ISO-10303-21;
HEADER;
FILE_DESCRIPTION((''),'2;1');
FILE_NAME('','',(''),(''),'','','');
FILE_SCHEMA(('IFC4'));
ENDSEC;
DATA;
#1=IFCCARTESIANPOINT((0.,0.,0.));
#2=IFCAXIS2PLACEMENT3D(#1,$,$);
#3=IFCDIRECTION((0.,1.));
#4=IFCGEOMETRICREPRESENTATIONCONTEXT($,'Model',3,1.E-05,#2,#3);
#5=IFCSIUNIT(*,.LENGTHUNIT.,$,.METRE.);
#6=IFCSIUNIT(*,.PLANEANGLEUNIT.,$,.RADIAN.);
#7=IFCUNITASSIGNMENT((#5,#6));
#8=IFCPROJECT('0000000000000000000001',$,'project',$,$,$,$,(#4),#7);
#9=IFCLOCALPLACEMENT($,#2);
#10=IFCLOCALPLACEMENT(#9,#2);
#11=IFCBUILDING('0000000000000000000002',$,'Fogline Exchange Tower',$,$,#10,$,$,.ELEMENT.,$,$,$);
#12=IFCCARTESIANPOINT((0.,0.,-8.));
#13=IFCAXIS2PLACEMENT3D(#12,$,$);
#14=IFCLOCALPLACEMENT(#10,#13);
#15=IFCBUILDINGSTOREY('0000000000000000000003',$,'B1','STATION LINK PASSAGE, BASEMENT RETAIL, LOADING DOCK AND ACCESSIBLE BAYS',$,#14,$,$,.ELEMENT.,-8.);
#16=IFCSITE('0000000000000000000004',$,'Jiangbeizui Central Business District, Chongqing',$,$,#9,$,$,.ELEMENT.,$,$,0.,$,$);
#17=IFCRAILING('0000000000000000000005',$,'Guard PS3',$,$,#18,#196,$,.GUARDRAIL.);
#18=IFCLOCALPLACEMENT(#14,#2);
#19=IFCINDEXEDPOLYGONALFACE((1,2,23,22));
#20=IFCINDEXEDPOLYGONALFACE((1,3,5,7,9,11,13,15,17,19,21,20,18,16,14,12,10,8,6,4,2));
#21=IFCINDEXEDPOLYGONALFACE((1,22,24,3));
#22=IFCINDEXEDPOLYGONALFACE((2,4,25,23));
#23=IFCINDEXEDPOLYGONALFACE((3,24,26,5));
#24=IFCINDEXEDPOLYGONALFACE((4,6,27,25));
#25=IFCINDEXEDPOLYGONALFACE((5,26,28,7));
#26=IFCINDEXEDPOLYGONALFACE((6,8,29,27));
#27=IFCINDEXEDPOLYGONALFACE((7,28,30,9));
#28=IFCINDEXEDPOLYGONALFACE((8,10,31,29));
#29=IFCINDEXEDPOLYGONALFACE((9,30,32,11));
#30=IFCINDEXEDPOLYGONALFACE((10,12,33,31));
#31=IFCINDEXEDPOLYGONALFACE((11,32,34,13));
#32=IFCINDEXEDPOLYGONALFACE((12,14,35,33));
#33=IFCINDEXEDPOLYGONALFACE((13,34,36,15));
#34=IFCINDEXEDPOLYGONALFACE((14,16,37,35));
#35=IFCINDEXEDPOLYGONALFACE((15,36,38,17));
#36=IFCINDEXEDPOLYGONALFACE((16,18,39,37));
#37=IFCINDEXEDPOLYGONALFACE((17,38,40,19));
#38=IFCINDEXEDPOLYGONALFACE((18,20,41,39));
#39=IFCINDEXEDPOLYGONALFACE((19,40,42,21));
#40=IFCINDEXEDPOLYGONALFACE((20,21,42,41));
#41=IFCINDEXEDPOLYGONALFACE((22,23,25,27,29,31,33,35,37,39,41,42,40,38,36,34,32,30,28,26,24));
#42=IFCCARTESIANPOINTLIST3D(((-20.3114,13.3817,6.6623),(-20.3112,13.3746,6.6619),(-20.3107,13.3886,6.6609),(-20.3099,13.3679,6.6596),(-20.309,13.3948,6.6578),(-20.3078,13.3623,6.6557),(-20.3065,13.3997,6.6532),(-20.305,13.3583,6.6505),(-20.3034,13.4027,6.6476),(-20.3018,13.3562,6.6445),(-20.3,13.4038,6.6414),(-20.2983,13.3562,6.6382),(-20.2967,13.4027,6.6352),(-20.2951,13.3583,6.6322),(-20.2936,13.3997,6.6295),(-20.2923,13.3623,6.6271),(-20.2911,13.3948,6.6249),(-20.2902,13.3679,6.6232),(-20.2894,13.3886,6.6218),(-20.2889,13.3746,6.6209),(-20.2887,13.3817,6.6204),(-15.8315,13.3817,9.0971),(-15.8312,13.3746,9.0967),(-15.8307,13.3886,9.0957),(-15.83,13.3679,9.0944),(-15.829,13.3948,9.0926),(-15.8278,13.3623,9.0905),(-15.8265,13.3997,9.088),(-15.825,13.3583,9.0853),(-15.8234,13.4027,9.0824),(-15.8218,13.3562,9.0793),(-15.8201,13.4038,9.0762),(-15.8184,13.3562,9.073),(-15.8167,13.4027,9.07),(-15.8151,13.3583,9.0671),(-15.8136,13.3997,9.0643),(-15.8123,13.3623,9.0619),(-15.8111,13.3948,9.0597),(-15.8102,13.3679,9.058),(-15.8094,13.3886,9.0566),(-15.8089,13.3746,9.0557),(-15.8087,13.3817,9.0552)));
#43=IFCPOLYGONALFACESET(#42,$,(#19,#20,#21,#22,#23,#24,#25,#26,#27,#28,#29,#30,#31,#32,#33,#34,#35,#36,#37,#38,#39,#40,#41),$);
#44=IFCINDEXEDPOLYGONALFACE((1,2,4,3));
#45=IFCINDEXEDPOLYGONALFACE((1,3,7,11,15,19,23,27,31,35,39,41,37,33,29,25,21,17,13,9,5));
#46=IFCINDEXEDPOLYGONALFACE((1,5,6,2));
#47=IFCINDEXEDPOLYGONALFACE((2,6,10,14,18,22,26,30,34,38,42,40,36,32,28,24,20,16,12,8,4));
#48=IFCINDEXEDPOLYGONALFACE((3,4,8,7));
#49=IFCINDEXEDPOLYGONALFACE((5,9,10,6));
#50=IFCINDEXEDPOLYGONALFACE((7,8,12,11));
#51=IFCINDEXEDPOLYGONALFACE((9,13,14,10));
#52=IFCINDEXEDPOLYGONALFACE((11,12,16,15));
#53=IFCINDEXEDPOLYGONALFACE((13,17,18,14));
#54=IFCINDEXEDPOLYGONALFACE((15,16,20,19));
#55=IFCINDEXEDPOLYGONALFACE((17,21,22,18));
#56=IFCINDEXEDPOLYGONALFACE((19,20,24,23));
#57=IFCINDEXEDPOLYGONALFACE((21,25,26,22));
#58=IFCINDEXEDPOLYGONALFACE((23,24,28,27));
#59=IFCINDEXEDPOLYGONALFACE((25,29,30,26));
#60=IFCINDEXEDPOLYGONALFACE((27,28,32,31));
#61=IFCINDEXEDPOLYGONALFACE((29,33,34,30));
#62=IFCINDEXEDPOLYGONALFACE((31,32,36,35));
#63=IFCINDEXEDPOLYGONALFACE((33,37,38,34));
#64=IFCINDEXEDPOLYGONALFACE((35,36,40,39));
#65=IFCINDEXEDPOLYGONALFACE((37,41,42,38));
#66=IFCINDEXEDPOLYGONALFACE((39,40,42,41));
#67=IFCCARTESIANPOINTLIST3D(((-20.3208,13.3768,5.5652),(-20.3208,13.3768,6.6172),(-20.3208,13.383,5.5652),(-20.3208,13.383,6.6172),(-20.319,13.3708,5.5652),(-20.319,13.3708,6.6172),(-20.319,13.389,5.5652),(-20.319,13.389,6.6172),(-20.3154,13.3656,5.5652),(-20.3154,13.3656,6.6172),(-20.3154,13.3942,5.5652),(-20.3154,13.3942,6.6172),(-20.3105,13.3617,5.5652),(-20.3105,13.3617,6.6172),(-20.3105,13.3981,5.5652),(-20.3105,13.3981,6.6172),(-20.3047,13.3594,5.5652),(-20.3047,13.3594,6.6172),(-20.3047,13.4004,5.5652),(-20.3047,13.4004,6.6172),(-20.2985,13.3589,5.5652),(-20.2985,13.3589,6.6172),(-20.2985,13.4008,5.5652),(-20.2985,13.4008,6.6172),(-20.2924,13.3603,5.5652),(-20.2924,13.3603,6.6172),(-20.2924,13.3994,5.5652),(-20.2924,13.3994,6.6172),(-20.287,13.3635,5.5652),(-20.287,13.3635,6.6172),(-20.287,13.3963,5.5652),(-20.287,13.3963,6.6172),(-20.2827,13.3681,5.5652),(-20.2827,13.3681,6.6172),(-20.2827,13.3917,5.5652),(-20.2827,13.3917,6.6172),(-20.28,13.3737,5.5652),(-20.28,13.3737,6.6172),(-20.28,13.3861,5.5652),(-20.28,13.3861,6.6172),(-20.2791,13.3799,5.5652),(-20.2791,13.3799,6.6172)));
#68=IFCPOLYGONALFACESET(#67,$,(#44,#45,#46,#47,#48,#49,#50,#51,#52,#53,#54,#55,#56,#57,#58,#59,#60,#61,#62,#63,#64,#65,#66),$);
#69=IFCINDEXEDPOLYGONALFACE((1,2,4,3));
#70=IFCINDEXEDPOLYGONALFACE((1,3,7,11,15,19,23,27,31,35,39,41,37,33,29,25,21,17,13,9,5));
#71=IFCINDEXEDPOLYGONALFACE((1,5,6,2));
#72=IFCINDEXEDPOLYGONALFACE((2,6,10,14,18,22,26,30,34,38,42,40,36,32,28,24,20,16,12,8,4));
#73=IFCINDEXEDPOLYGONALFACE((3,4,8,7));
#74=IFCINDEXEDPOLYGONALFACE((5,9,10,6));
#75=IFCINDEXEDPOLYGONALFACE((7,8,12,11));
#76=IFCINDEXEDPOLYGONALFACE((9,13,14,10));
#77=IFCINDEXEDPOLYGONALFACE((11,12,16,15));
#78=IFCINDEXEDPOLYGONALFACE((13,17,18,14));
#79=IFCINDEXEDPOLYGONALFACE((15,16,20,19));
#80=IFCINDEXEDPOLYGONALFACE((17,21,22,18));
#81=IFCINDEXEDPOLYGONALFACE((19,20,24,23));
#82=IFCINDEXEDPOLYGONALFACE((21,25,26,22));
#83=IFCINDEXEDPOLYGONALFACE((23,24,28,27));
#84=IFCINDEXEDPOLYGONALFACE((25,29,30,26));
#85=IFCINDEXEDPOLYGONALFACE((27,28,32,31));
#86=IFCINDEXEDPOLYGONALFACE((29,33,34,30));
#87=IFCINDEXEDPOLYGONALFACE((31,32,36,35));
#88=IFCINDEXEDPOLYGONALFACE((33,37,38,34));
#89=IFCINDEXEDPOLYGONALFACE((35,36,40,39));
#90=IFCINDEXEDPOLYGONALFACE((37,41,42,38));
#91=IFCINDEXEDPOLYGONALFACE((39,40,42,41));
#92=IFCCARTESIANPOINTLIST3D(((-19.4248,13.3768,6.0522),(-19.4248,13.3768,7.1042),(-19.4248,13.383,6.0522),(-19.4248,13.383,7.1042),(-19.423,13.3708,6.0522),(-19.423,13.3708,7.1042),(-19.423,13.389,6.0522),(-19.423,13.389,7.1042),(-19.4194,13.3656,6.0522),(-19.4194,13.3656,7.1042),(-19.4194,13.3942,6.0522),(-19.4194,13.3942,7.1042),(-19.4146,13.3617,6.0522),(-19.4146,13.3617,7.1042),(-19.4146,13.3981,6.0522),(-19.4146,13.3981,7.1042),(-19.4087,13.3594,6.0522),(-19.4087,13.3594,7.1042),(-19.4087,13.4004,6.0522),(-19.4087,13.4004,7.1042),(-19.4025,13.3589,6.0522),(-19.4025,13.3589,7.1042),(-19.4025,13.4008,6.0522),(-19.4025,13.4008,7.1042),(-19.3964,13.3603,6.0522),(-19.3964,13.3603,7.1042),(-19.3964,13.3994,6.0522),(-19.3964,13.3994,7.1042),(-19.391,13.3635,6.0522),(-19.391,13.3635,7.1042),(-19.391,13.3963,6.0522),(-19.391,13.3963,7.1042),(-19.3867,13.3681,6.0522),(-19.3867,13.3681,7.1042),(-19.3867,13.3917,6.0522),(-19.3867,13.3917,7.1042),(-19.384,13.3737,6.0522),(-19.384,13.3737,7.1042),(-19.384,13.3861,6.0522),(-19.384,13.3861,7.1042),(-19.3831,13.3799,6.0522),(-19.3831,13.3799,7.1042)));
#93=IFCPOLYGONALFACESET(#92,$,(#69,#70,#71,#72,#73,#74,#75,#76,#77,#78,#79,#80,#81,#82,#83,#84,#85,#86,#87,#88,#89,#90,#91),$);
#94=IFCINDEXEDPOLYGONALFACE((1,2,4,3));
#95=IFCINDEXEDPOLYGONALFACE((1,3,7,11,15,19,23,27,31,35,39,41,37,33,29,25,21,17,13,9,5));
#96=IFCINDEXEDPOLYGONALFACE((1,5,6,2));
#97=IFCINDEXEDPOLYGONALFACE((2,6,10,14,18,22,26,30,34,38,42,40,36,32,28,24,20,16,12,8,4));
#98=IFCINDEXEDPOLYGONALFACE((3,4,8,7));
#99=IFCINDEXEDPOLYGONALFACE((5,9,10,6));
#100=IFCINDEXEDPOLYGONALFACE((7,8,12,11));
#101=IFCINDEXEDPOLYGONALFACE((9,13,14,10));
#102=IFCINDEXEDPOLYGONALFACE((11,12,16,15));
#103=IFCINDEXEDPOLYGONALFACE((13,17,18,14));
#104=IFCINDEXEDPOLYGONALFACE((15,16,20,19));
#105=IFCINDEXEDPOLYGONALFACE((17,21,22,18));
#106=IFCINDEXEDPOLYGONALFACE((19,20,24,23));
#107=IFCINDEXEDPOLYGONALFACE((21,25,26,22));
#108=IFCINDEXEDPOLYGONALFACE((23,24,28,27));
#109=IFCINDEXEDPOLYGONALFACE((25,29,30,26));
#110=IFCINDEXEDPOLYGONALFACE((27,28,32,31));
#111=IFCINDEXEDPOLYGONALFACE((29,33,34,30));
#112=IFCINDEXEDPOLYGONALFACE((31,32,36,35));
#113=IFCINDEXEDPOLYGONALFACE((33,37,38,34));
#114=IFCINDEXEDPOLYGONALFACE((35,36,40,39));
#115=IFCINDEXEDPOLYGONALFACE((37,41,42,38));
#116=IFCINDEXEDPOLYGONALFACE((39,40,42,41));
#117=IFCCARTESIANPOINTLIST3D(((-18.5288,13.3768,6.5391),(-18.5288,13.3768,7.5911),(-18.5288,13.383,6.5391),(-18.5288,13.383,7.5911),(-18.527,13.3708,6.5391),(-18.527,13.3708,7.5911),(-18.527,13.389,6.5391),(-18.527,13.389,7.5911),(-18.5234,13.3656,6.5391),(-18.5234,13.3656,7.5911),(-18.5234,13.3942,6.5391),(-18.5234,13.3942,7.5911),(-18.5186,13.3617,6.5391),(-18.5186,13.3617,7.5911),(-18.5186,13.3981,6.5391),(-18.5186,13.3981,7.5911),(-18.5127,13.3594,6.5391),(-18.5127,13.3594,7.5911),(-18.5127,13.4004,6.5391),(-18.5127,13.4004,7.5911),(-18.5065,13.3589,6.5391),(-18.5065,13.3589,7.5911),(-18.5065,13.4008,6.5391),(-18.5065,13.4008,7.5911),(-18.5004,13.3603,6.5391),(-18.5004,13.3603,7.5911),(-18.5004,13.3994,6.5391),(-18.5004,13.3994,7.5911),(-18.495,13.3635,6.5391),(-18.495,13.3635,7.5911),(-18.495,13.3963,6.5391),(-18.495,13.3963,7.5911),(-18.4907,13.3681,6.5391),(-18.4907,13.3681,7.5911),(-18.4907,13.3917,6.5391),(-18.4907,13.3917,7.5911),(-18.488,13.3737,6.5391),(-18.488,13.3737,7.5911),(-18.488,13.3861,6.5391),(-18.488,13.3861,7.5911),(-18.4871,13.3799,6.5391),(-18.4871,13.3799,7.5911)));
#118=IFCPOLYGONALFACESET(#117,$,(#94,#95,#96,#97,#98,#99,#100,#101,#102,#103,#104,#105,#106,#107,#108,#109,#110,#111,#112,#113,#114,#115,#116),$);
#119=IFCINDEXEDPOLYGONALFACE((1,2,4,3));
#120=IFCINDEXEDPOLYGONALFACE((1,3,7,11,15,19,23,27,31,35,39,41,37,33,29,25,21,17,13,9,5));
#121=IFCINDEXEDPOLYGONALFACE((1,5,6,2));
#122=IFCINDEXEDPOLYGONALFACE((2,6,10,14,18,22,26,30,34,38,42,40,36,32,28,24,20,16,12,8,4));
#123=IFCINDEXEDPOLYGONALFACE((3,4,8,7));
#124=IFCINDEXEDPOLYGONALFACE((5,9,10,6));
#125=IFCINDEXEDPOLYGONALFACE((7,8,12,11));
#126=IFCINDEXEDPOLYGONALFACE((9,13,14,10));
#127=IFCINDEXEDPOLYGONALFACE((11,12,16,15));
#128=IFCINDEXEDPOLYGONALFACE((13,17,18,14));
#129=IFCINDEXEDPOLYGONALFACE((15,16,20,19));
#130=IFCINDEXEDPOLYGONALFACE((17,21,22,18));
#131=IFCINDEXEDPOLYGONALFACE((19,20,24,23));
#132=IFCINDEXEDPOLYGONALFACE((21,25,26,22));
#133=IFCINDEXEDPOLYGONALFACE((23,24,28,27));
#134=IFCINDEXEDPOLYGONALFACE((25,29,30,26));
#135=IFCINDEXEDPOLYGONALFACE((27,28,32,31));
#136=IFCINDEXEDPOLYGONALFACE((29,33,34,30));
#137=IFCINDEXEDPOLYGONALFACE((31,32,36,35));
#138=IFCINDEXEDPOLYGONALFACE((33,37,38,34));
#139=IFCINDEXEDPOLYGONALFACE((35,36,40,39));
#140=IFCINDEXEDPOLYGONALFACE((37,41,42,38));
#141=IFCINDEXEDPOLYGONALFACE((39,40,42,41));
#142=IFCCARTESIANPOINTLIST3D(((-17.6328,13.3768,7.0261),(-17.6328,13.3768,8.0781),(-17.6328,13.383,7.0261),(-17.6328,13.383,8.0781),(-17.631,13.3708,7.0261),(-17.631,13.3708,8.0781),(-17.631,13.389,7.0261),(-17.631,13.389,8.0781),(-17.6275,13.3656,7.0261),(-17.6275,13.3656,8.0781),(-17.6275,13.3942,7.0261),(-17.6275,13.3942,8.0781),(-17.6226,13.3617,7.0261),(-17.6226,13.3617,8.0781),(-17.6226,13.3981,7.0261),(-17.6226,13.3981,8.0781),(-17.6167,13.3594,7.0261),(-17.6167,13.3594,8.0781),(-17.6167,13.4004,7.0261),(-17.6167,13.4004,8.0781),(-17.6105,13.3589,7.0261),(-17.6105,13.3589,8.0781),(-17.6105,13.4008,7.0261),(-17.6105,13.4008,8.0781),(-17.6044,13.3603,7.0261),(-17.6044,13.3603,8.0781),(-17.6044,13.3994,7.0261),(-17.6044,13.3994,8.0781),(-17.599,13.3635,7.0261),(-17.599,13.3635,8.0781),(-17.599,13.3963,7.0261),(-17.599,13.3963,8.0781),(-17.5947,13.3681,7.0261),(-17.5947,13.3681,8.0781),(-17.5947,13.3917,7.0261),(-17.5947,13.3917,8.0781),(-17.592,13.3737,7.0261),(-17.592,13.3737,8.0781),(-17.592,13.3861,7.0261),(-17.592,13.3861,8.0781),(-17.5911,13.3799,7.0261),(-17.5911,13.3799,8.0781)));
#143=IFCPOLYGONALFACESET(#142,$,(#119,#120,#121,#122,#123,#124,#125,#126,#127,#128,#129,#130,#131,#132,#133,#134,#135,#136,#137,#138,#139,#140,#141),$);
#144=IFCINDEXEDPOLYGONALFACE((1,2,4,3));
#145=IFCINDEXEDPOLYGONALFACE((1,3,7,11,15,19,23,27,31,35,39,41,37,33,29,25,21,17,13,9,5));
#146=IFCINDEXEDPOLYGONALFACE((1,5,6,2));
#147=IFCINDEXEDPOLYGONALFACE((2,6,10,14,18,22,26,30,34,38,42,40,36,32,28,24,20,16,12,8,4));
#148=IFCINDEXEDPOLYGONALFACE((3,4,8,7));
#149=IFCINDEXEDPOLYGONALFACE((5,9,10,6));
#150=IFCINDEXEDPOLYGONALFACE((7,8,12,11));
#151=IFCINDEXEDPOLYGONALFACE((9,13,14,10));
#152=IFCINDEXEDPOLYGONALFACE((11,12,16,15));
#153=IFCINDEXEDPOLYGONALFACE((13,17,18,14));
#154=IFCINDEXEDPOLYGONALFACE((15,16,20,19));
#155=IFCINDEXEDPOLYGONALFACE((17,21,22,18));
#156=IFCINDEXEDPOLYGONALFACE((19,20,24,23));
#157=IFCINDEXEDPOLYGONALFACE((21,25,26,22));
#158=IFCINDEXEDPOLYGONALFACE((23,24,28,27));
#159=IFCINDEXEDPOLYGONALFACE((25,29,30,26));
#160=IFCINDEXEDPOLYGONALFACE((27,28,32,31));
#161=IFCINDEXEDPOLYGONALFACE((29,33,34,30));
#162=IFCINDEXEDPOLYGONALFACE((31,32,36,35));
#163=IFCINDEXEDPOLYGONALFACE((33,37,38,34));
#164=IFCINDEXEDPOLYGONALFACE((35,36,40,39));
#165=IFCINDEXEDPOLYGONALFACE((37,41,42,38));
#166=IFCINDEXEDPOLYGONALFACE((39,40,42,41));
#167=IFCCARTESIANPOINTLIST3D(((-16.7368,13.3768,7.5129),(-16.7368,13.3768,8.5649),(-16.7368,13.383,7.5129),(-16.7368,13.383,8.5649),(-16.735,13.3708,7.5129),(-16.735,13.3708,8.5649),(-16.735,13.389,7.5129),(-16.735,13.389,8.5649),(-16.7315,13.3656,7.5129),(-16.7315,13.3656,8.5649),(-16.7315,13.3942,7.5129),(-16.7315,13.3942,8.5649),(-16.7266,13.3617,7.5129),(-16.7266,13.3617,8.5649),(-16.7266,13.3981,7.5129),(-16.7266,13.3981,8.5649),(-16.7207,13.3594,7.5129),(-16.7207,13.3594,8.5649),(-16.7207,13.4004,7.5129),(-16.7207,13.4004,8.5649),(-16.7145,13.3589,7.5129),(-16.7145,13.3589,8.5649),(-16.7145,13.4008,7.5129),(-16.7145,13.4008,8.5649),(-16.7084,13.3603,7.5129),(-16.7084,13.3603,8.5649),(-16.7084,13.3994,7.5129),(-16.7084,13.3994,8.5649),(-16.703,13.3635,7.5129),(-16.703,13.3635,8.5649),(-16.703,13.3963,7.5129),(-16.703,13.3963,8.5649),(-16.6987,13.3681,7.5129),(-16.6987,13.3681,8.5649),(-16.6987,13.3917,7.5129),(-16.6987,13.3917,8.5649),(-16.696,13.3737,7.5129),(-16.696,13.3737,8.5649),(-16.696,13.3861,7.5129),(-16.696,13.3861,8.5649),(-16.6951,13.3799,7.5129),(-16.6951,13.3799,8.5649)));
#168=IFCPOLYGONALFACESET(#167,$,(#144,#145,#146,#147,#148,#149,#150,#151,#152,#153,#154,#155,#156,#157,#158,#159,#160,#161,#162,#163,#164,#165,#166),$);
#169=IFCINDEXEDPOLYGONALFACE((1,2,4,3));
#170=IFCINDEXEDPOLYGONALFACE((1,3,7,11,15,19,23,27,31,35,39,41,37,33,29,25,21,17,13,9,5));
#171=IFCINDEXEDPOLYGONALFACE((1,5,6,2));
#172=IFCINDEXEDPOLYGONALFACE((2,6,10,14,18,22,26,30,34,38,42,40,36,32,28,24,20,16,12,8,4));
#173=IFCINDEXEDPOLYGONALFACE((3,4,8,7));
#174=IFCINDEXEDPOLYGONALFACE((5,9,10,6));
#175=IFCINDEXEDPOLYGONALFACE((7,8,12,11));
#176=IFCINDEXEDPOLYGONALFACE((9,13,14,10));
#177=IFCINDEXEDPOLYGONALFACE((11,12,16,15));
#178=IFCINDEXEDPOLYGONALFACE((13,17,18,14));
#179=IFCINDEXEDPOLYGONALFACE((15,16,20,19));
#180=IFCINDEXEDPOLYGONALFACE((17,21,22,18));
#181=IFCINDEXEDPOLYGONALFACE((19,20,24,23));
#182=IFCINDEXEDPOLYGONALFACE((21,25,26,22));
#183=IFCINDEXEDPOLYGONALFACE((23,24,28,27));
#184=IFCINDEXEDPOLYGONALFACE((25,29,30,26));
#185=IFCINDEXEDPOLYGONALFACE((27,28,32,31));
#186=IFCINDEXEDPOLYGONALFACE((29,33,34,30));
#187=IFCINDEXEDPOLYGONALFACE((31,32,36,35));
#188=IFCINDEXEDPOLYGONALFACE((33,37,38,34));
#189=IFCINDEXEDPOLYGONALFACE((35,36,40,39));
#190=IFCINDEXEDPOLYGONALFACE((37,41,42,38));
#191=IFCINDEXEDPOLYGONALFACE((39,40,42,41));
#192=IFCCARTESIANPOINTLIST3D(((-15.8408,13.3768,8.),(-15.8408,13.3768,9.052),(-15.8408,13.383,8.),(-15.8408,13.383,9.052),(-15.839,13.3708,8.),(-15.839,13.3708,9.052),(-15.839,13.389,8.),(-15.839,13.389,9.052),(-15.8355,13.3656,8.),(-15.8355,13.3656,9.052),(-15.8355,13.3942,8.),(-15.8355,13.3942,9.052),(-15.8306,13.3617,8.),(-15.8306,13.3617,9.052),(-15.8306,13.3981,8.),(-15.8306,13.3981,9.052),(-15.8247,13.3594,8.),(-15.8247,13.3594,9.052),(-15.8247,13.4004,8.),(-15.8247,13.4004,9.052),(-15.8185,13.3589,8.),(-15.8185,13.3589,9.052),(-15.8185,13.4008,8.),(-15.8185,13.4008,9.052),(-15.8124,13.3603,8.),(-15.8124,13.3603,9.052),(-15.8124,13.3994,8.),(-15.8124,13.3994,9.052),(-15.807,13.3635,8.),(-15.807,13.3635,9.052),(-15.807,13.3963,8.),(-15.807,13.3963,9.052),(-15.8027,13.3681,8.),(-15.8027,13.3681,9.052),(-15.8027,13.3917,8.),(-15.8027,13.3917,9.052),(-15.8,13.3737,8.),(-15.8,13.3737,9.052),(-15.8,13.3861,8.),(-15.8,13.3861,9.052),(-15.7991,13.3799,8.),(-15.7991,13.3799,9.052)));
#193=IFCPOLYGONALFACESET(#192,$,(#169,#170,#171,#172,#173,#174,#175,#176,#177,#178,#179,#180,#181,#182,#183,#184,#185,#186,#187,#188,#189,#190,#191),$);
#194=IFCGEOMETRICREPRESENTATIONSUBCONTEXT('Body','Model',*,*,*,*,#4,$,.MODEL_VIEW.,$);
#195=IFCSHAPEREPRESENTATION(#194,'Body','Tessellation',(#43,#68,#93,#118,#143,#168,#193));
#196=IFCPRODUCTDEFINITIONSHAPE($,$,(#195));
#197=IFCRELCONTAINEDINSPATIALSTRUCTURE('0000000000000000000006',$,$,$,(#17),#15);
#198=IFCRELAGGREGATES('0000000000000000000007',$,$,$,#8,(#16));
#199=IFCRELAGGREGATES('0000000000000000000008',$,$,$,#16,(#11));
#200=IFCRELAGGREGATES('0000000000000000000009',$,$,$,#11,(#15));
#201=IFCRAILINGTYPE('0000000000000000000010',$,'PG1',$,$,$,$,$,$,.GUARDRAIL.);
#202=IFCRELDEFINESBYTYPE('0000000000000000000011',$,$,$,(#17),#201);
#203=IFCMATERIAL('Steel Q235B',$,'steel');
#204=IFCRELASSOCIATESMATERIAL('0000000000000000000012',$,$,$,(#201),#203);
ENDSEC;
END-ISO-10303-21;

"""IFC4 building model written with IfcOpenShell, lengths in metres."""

from ifc_helpers import new_model, si_unit, direction, frame, origin, origin_2d, place, context, subcontext, project, spatial, circle, extrude, material, type_object, element, save


model = new_model("IFC4")

# Units and contexts
model_context = context("Model", 3, precision=1e-05, world=origin(), true_north=direction((0.0, 1.0)))
body_context = subcontext(model_context, "Body", "Model", "MODEL_VIEW")
ifc_project = project(units=[si_unit("LENGTHUNIT", "METRE"), si_unit("PLANEANGLEUNIT", "RADIAN")], contexts=[model_context])

# Site, building, storey
site_placement = place(None, origin())
site = spatial("IfcSite", under=ifc_project, at=site_placement, Name="Jiangbeizui Central Business District, Chongqing", CompositionType="ELEMENT", RefElevation=0.0)
building_placement = place(site_placement, origin())
building = spatial("IfcBuilding", under=site, at=building_placement, Name="Fogline Exchange Tower", CompositionType="ELEMENT")
storey_placement = place(building_placement, frame((0.0, 0.0, -8.0)))
storey = spatial("IfcBuildingStorey", under=building, at=storey_placement, Name="B1", Description="STATION LINK PASSAGE, BASEMENT RETAIL, LOADING DOCK AND ACCESSIBLE BAYS", CompositionType="ELEMENT", Elevation=-8.0)

# Railing
ifc_material_1 = material(Name="Steel Q235B", Category="steel")
railing_type_1 = type_object("IfcRailingType", Name="PG1", PredefinedType="GUARDRAIL", material=ifc_material_1)
railing_1_placement = place(storey_placement, frame((-20.3, 13.3799, 5.5652)))
element("IfcRailing", 1, at=railing_1_placement, inside=storey, type_object=railing_type_1, Name="Guard PS3", PredefinedType="GUARDRAIL", context=body_context, shape_type="SweptSolid", body=[
    extrude(circle(Radius=0.0239, at=origin_2d()), frame((0.0, 0.0, 1.0762), z_axis=(0.878621, 0.0, 0.47752), x_axis=(0.0, 1.0, 0.0)), (0.0, 0.0, 1.0), 5.0989),
    extrude(circle(Radius=0.021, at=origin_2d()), origin(), (0.0, 0.0, 1.0), 1.052),
    extrude(circle(Radius=0.021, at=origin_2d()), frame((0.896, 0.0, 0.4871)), (0.0, 0.0, 1.0), 1.052),
    extrude(circle(Radius=0.021, at=origin_2d()), frame((1.792, 0.0, 0.9739)), (0.0, 0.0, 1.0), 1.052),
    extrude(circle(Radius=0.021, at=origin_2d()), frame((2.688, 0.0, 1.4609)), (0.0, 0.0, 1.0), 1.052),
    extrude(circle(Radius=0.021, at=origin_2d()), frame((3.584, 0.0, 1.9478)), (0.0, 0.0, 1.0), 1.052),
    extrude(circle(Radius=0.021, at=origin_2d()), frame((4.48, 0.0, 2.4348)), (0.0, 0.0, 1.0), 1.052),
])

save(model, "model.ifc")
